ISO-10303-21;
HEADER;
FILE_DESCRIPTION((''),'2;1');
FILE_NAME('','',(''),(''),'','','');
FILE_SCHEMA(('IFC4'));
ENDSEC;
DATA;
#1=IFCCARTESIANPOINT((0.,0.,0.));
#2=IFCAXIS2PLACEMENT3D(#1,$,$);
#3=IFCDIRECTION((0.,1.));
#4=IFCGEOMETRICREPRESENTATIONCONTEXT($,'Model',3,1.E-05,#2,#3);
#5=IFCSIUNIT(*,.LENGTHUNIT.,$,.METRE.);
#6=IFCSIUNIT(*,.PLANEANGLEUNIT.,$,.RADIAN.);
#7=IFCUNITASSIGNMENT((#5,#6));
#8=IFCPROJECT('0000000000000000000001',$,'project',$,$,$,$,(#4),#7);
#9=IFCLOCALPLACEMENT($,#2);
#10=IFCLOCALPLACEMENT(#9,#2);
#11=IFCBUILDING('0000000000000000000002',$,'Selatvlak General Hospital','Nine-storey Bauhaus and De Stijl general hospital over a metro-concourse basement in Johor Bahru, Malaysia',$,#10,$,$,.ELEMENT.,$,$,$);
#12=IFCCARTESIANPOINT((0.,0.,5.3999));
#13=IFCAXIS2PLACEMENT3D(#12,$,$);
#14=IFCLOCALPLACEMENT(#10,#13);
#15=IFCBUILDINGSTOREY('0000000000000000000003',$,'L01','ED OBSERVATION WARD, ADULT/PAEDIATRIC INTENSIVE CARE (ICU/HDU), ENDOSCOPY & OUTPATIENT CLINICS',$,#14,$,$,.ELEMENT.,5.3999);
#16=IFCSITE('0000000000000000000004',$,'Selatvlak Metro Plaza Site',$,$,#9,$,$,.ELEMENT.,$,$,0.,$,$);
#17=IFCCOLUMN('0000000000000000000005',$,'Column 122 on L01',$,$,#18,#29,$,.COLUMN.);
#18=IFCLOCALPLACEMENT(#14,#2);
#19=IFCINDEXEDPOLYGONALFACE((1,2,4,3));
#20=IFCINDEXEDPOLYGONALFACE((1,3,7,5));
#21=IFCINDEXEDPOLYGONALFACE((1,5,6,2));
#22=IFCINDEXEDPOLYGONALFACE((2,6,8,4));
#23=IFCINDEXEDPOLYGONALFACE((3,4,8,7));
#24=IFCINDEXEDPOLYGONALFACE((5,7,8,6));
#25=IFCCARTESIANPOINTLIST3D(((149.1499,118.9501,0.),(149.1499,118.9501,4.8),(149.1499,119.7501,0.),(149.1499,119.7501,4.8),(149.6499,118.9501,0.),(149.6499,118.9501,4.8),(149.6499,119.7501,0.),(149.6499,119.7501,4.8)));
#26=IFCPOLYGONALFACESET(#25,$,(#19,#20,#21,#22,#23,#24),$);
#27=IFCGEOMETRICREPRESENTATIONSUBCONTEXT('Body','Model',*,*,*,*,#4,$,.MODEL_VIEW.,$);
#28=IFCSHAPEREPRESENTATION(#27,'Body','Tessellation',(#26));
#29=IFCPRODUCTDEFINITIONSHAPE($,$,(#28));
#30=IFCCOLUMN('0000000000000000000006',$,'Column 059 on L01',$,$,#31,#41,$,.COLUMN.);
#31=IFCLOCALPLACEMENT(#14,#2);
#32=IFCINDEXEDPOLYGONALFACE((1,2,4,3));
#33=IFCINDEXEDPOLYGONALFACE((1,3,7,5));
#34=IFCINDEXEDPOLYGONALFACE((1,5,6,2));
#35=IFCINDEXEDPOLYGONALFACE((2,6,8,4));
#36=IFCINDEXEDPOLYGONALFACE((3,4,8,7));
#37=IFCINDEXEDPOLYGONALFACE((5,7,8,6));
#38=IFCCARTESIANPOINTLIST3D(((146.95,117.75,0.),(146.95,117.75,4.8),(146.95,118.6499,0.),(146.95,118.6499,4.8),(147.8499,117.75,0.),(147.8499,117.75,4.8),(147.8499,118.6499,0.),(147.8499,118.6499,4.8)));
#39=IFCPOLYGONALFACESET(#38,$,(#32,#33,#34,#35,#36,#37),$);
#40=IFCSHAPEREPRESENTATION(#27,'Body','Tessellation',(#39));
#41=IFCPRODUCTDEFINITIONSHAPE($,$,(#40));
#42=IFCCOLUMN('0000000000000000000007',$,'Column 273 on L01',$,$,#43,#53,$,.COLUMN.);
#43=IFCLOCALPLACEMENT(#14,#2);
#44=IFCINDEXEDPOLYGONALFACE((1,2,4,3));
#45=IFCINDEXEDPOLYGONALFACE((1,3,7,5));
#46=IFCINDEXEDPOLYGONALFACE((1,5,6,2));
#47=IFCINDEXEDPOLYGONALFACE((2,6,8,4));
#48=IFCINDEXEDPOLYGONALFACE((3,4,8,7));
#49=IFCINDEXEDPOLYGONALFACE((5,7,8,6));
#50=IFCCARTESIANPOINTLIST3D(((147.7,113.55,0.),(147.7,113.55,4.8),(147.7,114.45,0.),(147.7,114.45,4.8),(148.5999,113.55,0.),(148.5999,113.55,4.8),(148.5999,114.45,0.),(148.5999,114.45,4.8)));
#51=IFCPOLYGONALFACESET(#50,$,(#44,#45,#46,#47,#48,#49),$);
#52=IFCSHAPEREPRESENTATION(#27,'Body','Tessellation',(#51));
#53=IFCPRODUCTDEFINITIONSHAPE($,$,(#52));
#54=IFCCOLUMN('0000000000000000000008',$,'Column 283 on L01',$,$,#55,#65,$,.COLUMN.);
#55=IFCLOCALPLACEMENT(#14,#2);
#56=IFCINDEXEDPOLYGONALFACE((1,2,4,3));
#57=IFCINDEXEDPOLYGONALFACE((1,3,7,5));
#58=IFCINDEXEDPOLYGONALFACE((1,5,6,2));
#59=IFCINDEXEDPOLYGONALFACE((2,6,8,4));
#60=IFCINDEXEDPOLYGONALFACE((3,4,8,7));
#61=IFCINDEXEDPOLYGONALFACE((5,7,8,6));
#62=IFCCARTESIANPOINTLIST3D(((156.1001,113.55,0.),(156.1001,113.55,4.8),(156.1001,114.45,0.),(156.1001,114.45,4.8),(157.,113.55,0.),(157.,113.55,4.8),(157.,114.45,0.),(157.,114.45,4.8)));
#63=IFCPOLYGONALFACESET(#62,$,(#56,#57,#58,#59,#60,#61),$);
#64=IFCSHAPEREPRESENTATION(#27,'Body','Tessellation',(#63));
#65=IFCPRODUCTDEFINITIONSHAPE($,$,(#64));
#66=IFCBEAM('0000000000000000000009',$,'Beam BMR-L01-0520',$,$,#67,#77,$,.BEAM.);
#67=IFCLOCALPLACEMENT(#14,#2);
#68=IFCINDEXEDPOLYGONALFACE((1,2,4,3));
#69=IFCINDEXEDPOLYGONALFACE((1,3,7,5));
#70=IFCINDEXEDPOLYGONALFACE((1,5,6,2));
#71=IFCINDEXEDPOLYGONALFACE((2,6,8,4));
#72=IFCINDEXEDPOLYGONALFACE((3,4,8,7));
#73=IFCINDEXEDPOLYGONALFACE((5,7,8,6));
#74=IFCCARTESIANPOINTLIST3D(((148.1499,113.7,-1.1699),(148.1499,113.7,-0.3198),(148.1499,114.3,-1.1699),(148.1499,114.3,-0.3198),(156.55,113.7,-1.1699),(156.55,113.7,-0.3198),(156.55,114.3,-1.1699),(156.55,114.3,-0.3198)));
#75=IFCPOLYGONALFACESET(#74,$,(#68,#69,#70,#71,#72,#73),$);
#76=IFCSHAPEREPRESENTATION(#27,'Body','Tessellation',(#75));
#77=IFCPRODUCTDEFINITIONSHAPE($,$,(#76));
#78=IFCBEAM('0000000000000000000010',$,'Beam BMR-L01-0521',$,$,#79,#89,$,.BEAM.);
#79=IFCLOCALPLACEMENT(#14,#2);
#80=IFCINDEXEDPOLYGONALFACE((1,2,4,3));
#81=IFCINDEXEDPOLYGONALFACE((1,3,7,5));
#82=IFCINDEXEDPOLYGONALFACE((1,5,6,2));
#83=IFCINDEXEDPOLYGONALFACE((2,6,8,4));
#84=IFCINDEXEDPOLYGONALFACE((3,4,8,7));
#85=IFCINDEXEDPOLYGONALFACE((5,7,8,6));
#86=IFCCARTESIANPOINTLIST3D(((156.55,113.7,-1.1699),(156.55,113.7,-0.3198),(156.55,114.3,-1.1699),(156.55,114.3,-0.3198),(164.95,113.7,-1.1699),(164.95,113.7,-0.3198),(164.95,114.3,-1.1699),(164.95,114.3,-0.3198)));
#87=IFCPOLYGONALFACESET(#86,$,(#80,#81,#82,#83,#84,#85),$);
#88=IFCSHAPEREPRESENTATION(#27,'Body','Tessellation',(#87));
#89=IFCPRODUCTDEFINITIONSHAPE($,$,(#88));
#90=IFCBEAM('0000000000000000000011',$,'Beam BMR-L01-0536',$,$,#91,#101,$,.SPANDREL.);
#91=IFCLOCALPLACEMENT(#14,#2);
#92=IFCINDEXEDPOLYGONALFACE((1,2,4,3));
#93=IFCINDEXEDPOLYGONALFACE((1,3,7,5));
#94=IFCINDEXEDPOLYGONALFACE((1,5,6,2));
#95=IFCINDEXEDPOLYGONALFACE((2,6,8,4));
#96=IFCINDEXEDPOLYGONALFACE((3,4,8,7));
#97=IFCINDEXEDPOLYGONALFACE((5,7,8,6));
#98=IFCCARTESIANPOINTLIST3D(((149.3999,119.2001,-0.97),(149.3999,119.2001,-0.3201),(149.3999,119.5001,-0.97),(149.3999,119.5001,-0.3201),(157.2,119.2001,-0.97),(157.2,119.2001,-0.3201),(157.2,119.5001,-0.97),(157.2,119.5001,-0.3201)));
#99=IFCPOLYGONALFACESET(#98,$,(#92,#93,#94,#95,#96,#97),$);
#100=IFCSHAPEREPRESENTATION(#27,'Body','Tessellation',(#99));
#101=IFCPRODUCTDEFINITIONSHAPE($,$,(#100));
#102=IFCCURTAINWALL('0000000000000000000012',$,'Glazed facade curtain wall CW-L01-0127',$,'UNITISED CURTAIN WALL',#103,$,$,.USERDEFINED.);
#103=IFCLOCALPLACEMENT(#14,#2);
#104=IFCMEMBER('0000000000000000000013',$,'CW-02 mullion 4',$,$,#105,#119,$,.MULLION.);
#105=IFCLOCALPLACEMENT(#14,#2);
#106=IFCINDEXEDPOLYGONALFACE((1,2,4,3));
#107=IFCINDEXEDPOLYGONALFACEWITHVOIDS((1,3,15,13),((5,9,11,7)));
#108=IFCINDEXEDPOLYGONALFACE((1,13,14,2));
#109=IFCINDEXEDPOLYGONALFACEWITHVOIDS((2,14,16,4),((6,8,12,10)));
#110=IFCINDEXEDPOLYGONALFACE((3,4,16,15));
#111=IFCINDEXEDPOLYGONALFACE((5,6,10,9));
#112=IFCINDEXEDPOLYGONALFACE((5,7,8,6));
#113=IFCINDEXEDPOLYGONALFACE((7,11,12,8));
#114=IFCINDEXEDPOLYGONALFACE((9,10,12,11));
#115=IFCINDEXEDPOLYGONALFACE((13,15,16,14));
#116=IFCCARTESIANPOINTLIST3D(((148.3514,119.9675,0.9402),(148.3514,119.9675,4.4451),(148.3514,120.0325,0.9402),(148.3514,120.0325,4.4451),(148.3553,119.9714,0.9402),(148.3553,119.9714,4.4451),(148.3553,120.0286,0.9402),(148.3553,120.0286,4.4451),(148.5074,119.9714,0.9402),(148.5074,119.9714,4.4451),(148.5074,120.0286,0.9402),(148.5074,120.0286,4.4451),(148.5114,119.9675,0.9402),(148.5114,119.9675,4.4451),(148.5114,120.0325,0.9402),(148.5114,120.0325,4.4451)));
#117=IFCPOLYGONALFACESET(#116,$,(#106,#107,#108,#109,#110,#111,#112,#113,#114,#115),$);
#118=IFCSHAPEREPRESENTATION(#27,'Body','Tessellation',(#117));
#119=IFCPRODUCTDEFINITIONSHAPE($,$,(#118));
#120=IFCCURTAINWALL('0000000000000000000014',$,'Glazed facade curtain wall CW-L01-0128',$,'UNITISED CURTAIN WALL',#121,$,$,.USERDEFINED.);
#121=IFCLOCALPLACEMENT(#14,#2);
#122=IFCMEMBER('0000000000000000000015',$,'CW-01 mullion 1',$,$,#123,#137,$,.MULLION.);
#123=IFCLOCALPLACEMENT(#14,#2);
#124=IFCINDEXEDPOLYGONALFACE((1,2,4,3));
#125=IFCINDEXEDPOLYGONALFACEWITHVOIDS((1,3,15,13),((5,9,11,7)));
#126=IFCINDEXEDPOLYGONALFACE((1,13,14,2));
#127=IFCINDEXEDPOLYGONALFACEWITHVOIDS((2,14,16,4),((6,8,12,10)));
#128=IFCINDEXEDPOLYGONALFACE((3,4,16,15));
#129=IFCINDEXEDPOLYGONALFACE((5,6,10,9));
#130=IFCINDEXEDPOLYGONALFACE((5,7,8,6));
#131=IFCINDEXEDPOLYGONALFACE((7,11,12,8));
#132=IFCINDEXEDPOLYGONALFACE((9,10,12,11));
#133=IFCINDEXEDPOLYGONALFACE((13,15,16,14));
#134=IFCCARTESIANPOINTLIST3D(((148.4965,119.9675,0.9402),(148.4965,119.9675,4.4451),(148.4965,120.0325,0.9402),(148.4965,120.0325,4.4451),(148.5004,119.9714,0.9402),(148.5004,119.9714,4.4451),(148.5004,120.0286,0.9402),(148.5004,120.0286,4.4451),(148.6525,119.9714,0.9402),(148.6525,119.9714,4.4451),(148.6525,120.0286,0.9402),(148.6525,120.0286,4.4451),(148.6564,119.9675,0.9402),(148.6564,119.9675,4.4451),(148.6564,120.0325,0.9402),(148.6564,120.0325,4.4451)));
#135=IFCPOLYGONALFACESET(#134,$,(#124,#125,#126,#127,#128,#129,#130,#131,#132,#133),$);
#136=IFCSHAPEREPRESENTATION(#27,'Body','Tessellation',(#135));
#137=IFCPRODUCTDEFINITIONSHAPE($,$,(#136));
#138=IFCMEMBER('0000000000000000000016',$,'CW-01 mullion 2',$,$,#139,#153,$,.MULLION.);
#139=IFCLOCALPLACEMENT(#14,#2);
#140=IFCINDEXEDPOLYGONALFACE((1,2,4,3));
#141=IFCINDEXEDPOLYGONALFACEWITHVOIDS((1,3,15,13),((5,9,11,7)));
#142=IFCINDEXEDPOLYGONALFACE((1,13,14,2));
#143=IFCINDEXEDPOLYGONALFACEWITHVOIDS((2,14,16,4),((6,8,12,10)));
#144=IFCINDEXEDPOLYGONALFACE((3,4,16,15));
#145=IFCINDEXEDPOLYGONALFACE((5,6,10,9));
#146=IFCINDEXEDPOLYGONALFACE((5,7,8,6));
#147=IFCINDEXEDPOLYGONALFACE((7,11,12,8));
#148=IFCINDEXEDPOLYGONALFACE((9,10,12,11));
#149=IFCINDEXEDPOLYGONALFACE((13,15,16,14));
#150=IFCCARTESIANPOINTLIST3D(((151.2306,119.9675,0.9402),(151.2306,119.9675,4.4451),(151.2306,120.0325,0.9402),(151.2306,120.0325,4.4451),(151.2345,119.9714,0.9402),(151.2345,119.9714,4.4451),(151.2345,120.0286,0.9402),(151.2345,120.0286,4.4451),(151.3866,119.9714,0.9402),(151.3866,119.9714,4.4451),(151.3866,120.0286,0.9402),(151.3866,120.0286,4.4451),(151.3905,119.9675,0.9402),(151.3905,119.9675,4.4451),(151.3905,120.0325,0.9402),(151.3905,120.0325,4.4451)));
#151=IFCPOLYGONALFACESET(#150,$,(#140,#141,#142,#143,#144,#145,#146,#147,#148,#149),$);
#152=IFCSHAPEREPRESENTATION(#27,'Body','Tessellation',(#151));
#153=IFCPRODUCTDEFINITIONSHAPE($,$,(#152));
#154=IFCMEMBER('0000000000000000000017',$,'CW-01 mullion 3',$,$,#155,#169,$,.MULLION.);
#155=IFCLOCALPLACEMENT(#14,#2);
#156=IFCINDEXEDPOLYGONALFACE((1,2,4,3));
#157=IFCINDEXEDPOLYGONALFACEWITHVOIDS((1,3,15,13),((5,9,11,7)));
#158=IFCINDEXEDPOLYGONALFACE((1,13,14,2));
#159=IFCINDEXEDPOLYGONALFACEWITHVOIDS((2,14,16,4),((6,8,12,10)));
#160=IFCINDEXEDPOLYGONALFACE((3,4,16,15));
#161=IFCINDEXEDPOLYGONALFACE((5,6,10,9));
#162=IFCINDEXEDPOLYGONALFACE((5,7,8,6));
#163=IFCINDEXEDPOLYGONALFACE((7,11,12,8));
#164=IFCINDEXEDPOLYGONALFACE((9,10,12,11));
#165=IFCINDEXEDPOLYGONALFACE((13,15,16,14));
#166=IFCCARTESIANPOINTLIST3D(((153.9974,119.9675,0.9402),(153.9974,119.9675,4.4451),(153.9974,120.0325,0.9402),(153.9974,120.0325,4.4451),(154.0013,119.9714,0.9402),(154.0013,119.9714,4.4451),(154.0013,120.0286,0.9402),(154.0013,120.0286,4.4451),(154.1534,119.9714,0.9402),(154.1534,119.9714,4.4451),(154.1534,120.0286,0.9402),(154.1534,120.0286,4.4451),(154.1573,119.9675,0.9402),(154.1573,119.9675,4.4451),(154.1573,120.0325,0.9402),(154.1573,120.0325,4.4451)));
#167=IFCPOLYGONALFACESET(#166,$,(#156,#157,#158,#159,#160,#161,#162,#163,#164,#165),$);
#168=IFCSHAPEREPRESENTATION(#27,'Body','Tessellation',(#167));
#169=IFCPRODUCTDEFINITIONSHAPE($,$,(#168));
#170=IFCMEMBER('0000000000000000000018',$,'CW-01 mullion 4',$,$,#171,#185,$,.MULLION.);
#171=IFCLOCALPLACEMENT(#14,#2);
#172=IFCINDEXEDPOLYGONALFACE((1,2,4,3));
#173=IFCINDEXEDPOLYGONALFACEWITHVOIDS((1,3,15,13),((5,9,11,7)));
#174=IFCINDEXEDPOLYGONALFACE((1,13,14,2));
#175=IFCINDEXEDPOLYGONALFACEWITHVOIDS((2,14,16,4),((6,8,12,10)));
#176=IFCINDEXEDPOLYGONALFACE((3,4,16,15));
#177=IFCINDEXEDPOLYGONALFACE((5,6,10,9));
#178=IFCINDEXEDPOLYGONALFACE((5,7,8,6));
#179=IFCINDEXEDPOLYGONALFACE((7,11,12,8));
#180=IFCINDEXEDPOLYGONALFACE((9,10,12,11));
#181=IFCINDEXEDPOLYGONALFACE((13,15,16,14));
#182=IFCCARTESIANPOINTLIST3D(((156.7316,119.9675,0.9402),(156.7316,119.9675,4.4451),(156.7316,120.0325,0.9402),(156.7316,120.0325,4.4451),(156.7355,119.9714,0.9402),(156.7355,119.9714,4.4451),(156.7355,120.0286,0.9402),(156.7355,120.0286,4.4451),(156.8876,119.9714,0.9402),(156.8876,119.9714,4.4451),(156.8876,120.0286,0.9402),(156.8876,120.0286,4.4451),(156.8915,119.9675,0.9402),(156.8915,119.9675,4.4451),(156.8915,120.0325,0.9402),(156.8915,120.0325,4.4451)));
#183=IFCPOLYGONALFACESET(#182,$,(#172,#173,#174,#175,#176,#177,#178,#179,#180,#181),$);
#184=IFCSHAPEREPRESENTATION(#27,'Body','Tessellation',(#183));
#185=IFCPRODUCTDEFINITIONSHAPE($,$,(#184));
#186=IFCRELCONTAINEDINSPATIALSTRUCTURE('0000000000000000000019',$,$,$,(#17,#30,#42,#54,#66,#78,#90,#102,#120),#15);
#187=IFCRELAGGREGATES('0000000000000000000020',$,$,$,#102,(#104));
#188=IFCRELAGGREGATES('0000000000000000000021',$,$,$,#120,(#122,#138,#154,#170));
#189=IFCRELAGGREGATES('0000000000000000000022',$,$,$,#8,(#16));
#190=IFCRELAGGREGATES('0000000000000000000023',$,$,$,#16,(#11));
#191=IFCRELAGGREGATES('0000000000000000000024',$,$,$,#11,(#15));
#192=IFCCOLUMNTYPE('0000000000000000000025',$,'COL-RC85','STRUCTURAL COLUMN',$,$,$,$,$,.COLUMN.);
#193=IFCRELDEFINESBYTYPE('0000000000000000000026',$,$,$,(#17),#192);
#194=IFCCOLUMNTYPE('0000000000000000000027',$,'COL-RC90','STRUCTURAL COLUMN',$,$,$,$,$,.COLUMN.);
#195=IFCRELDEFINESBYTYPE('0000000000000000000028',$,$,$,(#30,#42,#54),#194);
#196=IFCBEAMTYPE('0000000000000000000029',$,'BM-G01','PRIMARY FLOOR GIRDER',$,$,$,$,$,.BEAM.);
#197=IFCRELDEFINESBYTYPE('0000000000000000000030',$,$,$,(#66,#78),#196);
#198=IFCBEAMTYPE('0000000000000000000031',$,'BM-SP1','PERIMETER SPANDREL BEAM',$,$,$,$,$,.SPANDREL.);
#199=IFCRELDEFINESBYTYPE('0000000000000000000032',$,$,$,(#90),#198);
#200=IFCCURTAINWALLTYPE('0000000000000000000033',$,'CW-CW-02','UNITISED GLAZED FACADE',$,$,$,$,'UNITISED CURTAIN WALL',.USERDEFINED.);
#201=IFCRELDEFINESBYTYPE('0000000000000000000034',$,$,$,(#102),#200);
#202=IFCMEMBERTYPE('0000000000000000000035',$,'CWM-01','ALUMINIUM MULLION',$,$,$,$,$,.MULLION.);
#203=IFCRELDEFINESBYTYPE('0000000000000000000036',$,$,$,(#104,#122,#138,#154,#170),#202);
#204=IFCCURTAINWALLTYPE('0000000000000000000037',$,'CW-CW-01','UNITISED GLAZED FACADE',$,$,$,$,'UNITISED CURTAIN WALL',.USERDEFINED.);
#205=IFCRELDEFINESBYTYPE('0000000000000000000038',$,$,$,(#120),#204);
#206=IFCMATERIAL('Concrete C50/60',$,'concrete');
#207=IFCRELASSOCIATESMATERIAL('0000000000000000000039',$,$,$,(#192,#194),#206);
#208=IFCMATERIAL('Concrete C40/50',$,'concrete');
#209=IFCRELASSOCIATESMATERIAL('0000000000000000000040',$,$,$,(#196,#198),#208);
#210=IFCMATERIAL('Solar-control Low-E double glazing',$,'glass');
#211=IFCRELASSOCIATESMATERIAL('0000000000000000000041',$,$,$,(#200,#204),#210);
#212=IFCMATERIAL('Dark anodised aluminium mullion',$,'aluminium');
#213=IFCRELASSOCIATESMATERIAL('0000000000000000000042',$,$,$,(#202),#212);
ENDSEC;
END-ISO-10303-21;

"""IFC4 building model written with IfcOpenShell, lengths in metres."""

from ifc_helpers import new_model, si_unit, direction, frame, origin, origin_2d, place, context, subcontext, project, spatial, rectangle, hollow_rectangle, extrude, material, material_profile, profile_set, type_object, element, aggregate, save


model = new_model("IFC4")

# Units and contexts
model_context = context("Model", 3, precision=1e-05, world=origin(), true_north=direction((0.0, 1.0)))
body_context = subcontext(model_context, "Body", "Model", "MODEL_VIEW")
ifc_project = project(units=[si_unit("LENGTHUNIT", "METRE"), si_unit("PLANEANGLEUNIT", "RADIAN")], contexts=[model_context])

# Site, building, storey
site_placement = place(None, origin())
site = spatial("IfcSite", under=ifc_project, at=site_placement, Name="Selatvlak Metro Plaza Site", CompositionType="ELEMENT", RefElevation=0.0)
building_placement = place(site_placement, origin())
building = spatial("IfcBuilding", under=site, at=building_placement, Name="Selatvlak General Hospital", Description="Nine-storey Bauhaus and De Stijl general hospital over a metro-concourse basement in Johor Bahru, Malaysia", CompositionType="ELEMENT")
storey_placement = place(building_placement, frame((0.0, 0.0, 5.3999)))
storey = spatial("IfcBuildingStorey", under=building, at=storey_placement, Name="L01", Description="ED OBSERVATION WARD, ADULT/PAEDIATRIC INTENSIVE CARE (ICU/HDU), ENDOSCOPY & OUTPATIENT CLINICS", CompositionType="ELEMENT", Elevation=5.3999)

# Columns
ifc_material_1 = material(Name="Concrete C50/60", Category="concrete")
ifc_material_profile_1 = material_profile(ifc_material_1, rectangle(XDim=0.5, YDim=0.8, at=origin_2d()), Name="RC-COL 800x500")
ifc_profile_set_1 = profile_set([ifc_material_profile_1], Name="Concrete C50/60")
column_type_1 = type_object("IfcColumnType", Name="COL-RC85", Description="STRUCTURAL COLUMN", PredefinedType="COLUMN", material=ifc_profile_set_1)
column_placement = place(storey_placement, frame((149.3999, 119.3501, 0.0), z_axis=(0.0, 0.0, 1.0), x_axis=(1.0, 0.0, 0.0)))
element("IfcColumn", 1, at=column_placement, inside=storey, type_object=column_type_1, Name="Column 122 on L01", PredefinedType="COLUMN", context=body_context, shape_type="SweptSolid", body=[
    extrude(rectangle(XDim=0.5, YDim=0.8, at=origin_2d()), origin(), (0.0, 0.0, 1.0), 4.8),
])
ifc_material_profile_2 = material_profile(ifc_material_1, rectangle(XDim=0.8999, YDim=0.8999, at=origin_2d()), Name="RC-COL 900x900")
ifc_profile_set_2 = profile_set([ifc_material_profile_2], Name="Concrete C50/60")
column_type_2 = type_object("IfcColumnType", Name="COL-RC90", Description="STRUCTURAL COLUMN", PredefinedType="COLUMN", material=ifc_profile_set_2)
for number, where, z_axis, x_axis, name in (
    (2, (147.3999, 118.2, 0.0), (0.0, 0.0, 1.0), (1.0, 0.0, 0.0), "Column 059 on L01"),
    (3, (148.1499, 114.0, 0.0), (0.0, 0.0, 1.0), (1.0, 0.0, 0.0), "Column 273 on L01"),
    (4, (156.55, 114.0, 0.0), (0.0, 0.0, 1.0), (1.0, 0.0, 0.0), "Column 283 on L01"),
):
    element("IfcColumn", number, at=place(storey_placement, frame(where, z_axis=z_axis, x_axis=x_axis)), inside=storey, type_object=column_type_2, Name=name, PredefinedType="COLUMN", context=body_context, shape_type="SweptSolid", body=[
        extrude(rectangle(XDim=0.8999, YDim=0.8999, at=origin_2d()), origin(), (0.0, 0.0, 1.0), 4.8),
    ])

# Beams
ifc_material_2 = material(Name="Concrete C40/50", Category="concrete")
ifc_material_profile_3 = material_profile(ifc_material_2, rectangle(XDim=0.6001, YDim=0.8501, at=origin_2d()), Name="RC-BM 600x850")
ifc_profile_set_3 = profile_set([ifc_material_profile_3], Name="Concrete C40/50")
beam_type_1 = type_object("IfcBeamType", Name="BM-G01", Description="PRIMARY FLOOR GIRDER", PredefinedType="BEAM", material=ifc_profile_set_3)
beam_1_placement = place(storey_placement, frame((148.1499, 114.0, -0.7449), z_axis=(1.0, 0.0, 0.0), x_axis=(0.0, 1.0, 0.0)))
element("IfcBeam", 5, at=beam_1_placement, inside=storey, type_object=beam_type_1, Name="Beam BMR-L01-0520", PredefinedType="BEAM", context=body_context, shape_type="SweptSolid", body=[
    extrude(rectangle(XDim=0.6001, YDim=0.8501, at=origin_2d()), origin(), (0.0, 0.0, 1.0), 8.4001),
])
beam_2_placement = place(storey_placement, frame((156.55, 114.0, -0.7449), z_axis=(1.0, 0.0, 0.0), x_axis=(0.0, 1.0, 0.0)))
element("IfcBeam", 6, at=beam_2_placement, inside=storey, type_object=beam_type_1, Name="Beam BMR-L01-0521", PredefinedType="BEAM", context=body_context, shape_type="SweptSolid", body=[
    extrude(rectangle(XDim=0.6001, YDim=0.8501, at=origin_2d()), origin(), (0.0, 0.0, 1.0), 8.3999),
])
ifc_material_profile_4 = material_profile(ifc_material_2, rectangle(XDim=0.3, YDim=0.6499, at=origin_2d()), Name="RC-SP 300x650")
ifc_profile_set_4 = profile_set([ifc_material_profile_4], Name="Concrete C40/50")
beam_type_2 = type_object("IfcBeamType", Name="BM-SP1", Description="PERIMETER SPANDREL BEAM", PredefinedType="SPANDREL", material=ifc_profile_set_4)
beam_3_placement = place(storey_placement, frame((149.3999, 119.3501, -0.645), z_axis=(1.0, 0.0, 0.0), x_axis=(0.0, 1.0, 0.0)))
element("IfcBeam", 7, at=beam_3_placement, inside=storey, type_object=beam_type_2, Name="Beam BMR-L01-0536", PredefinedType="SPANDREL", context=body_context, shape_type="SweptSolid", body=[
    extrude(rectangle(XDim=0.3, YDim=0.6499, at=origin_2d()), origin(), (0.0, 0.0, 1.0), 7.8),
])

# Curtain wall, member
ifc_material_3 = material(Name="Solar-control Low-E double glazing", Category="glass")
curtain_wall_type_1 = type_object("IfcCurtainWallType", Name="CW-CW-02", Description="UNITISED GLAZED FACADE", ElementType="UNITISED CURTAIN WALL", PredefinedType="USERDEFINED", material=ifc_material_3)
curtain_wall_1_placement = place(storey_placement, origin())
curtain_wall_1 = element("IfcCurtainWall", 8, at=curtain_wall_1_placement, inside=storey, type_object=curtain_wall_type_1, Name="Glazed facade curtain wall CW-L01-0127", ObjectType="UNITISED CURTAIN WALL", PredefinedType="USERDEFINED")
ifc_material_4 = material(Name="Dark anodised aluminium mullion", Category="aluminium")
ifc_material_profile_5 = material_profile(ifc_material_4, hollow_rectangle(XDim=0.0649, YDim=0.1599, WallThickness=0.0039, at=origin_2d()), Name="AL-MUL 65x160x4")
ifc_profile_set_5 = profile_set([ifc_material_profile_5], Name="Dark anodised aluminium mullion")
member_type_1 = type_object("IfcMemberType", Name="CWM-01", Description="ALUMINIUM MULLION", PredefinedType="MULLION", material=ifc_profile_set_5)
member_1_placement = place(storey_placement, frame((148.4314, 120.0, 0.9402), z_axis=(0.0, 0.0, 1.0), x_axis=(0.0, 1.0, 0.0)))
member_1 = element("IfcMember", 9, at=member_1_placement, type_object=member_type_1, Name="CW-02 mullion 4", PredefinedType="MULLION", context=body_context, shape_type="SweptSolid", body=[
    extrude(hollow_rectangle(XDim=0.0649, YDim=0.1599, WallThickness=0.0039, at=origin_2d()), origin(), (0.0, 0.0, 1.0), 3.5049),
])

# Curtain wall, members
curtain_wall_type_2 = type_object("IfcCurtainWallType", Name="CW-CW-01", Description="UNITISED GLAZED FACADE", ElementType="UNITISED CURTAIN WALL", PredefinedType="USERDEFINED", material=ifc_material_3)
curtain_wall_2_placement = place(storey_placement, origin())
curtain_wall_2 = element("IfcCurtainWall", 10, at=curtain_wall_2_placement, inside=storey, type_object=curtain_wall_type_2, Name="Glazed facade curtain wall CW-L01-0128", ObjectType="UNITISED CURTAIN WALL", PredefinedType="USERDEFINED")
member_2_placement = place(storey_placement, frame((148.5764, 120.0, 0.9402), z_axis=(0.0, 0.0, 1.0), x_axis=(0.0, 1.0, 0.0)))
member_2 = element("IfcMember", 11, at=member_2_placement, type_object=member_type_1, Name="CW-01 mullion 1", PredefinedType="MULLION", context=body_context, shape_type="SweptSolid", body=[
    extrude(hollow_rectangle(XDim=0.0649, YDim=0.1599, WallThickness=0.0039, at=origin_2d()), origin(), (0.0, 0.0, 1.0), 3.5049),
])
member_3_placement = place(storey_placement, frame((151.3105, 120.0, 0.9402), z_axis=(0.0, 0.0, 1.0), x_axis=(0.0, 1.0, 0.0)))
member_3 = element("IfcMember", 12, at=member_3_placement, type_object=member_type_1, Name="CW-01 mullion 2", PredefinedType="MULLION", context=body_context, shape_type="SweptSolid", body=[
    extrude(hollow_rectangle(XDim=0.0649, YDim=0.1599, WallThickness=0.0039, at=origin_2d()), origin(), (0.0, 0.0, 1.0), 3.5049),
])
member_4_placement = place(storey_placement, frame((154.0774, 120.0, 0.9402), z_axis=(0.0, 0.0, 1.0), x_axis=(0.0, 1.0, 0.0)))
member_4 = element("IfcMember", 13, at=member_4_placement, type_object=member_type_1, Name="CW-01 mullion 3", PredefinedType="MULLION", context=body_context, shape_type="SweptSolid", body=[
    extrude(hollow_rectangle(XDim=0.0649, YDim=0.1599, WallThickness=0.0039, at=origin_2d()), origin(), (0.0, 0.0, 1.0), 3.5049),
])
member_5_placement = place(storey_placement, frame((156.8115, 120.0, 0.9402), z_axis=(0.0, 0.0, 1.0), x_axis=(0.0, 1.0, 0.0)))
member_5 = element("IfcMember", 14, at=member_5_placement, type_object=member_type_1, Name="CW-01 mullion 4", PredefinedType="MULLION", context=body_context, shape_type="SweptSolid", body=[
    extrude(hollow_rectangle(XDim=0.0649, YDim=0.1599, WallThickness=0.0039, at=origin_2d()), origin(), (0.0, 0.0, 1.0), 3.5049),
])

aggregate(curtain_wall_1, [member_1])
aggregate(curtain_wall_2, [member_2, member_3, member_4, member_5])

save(model, "model.ifc")
